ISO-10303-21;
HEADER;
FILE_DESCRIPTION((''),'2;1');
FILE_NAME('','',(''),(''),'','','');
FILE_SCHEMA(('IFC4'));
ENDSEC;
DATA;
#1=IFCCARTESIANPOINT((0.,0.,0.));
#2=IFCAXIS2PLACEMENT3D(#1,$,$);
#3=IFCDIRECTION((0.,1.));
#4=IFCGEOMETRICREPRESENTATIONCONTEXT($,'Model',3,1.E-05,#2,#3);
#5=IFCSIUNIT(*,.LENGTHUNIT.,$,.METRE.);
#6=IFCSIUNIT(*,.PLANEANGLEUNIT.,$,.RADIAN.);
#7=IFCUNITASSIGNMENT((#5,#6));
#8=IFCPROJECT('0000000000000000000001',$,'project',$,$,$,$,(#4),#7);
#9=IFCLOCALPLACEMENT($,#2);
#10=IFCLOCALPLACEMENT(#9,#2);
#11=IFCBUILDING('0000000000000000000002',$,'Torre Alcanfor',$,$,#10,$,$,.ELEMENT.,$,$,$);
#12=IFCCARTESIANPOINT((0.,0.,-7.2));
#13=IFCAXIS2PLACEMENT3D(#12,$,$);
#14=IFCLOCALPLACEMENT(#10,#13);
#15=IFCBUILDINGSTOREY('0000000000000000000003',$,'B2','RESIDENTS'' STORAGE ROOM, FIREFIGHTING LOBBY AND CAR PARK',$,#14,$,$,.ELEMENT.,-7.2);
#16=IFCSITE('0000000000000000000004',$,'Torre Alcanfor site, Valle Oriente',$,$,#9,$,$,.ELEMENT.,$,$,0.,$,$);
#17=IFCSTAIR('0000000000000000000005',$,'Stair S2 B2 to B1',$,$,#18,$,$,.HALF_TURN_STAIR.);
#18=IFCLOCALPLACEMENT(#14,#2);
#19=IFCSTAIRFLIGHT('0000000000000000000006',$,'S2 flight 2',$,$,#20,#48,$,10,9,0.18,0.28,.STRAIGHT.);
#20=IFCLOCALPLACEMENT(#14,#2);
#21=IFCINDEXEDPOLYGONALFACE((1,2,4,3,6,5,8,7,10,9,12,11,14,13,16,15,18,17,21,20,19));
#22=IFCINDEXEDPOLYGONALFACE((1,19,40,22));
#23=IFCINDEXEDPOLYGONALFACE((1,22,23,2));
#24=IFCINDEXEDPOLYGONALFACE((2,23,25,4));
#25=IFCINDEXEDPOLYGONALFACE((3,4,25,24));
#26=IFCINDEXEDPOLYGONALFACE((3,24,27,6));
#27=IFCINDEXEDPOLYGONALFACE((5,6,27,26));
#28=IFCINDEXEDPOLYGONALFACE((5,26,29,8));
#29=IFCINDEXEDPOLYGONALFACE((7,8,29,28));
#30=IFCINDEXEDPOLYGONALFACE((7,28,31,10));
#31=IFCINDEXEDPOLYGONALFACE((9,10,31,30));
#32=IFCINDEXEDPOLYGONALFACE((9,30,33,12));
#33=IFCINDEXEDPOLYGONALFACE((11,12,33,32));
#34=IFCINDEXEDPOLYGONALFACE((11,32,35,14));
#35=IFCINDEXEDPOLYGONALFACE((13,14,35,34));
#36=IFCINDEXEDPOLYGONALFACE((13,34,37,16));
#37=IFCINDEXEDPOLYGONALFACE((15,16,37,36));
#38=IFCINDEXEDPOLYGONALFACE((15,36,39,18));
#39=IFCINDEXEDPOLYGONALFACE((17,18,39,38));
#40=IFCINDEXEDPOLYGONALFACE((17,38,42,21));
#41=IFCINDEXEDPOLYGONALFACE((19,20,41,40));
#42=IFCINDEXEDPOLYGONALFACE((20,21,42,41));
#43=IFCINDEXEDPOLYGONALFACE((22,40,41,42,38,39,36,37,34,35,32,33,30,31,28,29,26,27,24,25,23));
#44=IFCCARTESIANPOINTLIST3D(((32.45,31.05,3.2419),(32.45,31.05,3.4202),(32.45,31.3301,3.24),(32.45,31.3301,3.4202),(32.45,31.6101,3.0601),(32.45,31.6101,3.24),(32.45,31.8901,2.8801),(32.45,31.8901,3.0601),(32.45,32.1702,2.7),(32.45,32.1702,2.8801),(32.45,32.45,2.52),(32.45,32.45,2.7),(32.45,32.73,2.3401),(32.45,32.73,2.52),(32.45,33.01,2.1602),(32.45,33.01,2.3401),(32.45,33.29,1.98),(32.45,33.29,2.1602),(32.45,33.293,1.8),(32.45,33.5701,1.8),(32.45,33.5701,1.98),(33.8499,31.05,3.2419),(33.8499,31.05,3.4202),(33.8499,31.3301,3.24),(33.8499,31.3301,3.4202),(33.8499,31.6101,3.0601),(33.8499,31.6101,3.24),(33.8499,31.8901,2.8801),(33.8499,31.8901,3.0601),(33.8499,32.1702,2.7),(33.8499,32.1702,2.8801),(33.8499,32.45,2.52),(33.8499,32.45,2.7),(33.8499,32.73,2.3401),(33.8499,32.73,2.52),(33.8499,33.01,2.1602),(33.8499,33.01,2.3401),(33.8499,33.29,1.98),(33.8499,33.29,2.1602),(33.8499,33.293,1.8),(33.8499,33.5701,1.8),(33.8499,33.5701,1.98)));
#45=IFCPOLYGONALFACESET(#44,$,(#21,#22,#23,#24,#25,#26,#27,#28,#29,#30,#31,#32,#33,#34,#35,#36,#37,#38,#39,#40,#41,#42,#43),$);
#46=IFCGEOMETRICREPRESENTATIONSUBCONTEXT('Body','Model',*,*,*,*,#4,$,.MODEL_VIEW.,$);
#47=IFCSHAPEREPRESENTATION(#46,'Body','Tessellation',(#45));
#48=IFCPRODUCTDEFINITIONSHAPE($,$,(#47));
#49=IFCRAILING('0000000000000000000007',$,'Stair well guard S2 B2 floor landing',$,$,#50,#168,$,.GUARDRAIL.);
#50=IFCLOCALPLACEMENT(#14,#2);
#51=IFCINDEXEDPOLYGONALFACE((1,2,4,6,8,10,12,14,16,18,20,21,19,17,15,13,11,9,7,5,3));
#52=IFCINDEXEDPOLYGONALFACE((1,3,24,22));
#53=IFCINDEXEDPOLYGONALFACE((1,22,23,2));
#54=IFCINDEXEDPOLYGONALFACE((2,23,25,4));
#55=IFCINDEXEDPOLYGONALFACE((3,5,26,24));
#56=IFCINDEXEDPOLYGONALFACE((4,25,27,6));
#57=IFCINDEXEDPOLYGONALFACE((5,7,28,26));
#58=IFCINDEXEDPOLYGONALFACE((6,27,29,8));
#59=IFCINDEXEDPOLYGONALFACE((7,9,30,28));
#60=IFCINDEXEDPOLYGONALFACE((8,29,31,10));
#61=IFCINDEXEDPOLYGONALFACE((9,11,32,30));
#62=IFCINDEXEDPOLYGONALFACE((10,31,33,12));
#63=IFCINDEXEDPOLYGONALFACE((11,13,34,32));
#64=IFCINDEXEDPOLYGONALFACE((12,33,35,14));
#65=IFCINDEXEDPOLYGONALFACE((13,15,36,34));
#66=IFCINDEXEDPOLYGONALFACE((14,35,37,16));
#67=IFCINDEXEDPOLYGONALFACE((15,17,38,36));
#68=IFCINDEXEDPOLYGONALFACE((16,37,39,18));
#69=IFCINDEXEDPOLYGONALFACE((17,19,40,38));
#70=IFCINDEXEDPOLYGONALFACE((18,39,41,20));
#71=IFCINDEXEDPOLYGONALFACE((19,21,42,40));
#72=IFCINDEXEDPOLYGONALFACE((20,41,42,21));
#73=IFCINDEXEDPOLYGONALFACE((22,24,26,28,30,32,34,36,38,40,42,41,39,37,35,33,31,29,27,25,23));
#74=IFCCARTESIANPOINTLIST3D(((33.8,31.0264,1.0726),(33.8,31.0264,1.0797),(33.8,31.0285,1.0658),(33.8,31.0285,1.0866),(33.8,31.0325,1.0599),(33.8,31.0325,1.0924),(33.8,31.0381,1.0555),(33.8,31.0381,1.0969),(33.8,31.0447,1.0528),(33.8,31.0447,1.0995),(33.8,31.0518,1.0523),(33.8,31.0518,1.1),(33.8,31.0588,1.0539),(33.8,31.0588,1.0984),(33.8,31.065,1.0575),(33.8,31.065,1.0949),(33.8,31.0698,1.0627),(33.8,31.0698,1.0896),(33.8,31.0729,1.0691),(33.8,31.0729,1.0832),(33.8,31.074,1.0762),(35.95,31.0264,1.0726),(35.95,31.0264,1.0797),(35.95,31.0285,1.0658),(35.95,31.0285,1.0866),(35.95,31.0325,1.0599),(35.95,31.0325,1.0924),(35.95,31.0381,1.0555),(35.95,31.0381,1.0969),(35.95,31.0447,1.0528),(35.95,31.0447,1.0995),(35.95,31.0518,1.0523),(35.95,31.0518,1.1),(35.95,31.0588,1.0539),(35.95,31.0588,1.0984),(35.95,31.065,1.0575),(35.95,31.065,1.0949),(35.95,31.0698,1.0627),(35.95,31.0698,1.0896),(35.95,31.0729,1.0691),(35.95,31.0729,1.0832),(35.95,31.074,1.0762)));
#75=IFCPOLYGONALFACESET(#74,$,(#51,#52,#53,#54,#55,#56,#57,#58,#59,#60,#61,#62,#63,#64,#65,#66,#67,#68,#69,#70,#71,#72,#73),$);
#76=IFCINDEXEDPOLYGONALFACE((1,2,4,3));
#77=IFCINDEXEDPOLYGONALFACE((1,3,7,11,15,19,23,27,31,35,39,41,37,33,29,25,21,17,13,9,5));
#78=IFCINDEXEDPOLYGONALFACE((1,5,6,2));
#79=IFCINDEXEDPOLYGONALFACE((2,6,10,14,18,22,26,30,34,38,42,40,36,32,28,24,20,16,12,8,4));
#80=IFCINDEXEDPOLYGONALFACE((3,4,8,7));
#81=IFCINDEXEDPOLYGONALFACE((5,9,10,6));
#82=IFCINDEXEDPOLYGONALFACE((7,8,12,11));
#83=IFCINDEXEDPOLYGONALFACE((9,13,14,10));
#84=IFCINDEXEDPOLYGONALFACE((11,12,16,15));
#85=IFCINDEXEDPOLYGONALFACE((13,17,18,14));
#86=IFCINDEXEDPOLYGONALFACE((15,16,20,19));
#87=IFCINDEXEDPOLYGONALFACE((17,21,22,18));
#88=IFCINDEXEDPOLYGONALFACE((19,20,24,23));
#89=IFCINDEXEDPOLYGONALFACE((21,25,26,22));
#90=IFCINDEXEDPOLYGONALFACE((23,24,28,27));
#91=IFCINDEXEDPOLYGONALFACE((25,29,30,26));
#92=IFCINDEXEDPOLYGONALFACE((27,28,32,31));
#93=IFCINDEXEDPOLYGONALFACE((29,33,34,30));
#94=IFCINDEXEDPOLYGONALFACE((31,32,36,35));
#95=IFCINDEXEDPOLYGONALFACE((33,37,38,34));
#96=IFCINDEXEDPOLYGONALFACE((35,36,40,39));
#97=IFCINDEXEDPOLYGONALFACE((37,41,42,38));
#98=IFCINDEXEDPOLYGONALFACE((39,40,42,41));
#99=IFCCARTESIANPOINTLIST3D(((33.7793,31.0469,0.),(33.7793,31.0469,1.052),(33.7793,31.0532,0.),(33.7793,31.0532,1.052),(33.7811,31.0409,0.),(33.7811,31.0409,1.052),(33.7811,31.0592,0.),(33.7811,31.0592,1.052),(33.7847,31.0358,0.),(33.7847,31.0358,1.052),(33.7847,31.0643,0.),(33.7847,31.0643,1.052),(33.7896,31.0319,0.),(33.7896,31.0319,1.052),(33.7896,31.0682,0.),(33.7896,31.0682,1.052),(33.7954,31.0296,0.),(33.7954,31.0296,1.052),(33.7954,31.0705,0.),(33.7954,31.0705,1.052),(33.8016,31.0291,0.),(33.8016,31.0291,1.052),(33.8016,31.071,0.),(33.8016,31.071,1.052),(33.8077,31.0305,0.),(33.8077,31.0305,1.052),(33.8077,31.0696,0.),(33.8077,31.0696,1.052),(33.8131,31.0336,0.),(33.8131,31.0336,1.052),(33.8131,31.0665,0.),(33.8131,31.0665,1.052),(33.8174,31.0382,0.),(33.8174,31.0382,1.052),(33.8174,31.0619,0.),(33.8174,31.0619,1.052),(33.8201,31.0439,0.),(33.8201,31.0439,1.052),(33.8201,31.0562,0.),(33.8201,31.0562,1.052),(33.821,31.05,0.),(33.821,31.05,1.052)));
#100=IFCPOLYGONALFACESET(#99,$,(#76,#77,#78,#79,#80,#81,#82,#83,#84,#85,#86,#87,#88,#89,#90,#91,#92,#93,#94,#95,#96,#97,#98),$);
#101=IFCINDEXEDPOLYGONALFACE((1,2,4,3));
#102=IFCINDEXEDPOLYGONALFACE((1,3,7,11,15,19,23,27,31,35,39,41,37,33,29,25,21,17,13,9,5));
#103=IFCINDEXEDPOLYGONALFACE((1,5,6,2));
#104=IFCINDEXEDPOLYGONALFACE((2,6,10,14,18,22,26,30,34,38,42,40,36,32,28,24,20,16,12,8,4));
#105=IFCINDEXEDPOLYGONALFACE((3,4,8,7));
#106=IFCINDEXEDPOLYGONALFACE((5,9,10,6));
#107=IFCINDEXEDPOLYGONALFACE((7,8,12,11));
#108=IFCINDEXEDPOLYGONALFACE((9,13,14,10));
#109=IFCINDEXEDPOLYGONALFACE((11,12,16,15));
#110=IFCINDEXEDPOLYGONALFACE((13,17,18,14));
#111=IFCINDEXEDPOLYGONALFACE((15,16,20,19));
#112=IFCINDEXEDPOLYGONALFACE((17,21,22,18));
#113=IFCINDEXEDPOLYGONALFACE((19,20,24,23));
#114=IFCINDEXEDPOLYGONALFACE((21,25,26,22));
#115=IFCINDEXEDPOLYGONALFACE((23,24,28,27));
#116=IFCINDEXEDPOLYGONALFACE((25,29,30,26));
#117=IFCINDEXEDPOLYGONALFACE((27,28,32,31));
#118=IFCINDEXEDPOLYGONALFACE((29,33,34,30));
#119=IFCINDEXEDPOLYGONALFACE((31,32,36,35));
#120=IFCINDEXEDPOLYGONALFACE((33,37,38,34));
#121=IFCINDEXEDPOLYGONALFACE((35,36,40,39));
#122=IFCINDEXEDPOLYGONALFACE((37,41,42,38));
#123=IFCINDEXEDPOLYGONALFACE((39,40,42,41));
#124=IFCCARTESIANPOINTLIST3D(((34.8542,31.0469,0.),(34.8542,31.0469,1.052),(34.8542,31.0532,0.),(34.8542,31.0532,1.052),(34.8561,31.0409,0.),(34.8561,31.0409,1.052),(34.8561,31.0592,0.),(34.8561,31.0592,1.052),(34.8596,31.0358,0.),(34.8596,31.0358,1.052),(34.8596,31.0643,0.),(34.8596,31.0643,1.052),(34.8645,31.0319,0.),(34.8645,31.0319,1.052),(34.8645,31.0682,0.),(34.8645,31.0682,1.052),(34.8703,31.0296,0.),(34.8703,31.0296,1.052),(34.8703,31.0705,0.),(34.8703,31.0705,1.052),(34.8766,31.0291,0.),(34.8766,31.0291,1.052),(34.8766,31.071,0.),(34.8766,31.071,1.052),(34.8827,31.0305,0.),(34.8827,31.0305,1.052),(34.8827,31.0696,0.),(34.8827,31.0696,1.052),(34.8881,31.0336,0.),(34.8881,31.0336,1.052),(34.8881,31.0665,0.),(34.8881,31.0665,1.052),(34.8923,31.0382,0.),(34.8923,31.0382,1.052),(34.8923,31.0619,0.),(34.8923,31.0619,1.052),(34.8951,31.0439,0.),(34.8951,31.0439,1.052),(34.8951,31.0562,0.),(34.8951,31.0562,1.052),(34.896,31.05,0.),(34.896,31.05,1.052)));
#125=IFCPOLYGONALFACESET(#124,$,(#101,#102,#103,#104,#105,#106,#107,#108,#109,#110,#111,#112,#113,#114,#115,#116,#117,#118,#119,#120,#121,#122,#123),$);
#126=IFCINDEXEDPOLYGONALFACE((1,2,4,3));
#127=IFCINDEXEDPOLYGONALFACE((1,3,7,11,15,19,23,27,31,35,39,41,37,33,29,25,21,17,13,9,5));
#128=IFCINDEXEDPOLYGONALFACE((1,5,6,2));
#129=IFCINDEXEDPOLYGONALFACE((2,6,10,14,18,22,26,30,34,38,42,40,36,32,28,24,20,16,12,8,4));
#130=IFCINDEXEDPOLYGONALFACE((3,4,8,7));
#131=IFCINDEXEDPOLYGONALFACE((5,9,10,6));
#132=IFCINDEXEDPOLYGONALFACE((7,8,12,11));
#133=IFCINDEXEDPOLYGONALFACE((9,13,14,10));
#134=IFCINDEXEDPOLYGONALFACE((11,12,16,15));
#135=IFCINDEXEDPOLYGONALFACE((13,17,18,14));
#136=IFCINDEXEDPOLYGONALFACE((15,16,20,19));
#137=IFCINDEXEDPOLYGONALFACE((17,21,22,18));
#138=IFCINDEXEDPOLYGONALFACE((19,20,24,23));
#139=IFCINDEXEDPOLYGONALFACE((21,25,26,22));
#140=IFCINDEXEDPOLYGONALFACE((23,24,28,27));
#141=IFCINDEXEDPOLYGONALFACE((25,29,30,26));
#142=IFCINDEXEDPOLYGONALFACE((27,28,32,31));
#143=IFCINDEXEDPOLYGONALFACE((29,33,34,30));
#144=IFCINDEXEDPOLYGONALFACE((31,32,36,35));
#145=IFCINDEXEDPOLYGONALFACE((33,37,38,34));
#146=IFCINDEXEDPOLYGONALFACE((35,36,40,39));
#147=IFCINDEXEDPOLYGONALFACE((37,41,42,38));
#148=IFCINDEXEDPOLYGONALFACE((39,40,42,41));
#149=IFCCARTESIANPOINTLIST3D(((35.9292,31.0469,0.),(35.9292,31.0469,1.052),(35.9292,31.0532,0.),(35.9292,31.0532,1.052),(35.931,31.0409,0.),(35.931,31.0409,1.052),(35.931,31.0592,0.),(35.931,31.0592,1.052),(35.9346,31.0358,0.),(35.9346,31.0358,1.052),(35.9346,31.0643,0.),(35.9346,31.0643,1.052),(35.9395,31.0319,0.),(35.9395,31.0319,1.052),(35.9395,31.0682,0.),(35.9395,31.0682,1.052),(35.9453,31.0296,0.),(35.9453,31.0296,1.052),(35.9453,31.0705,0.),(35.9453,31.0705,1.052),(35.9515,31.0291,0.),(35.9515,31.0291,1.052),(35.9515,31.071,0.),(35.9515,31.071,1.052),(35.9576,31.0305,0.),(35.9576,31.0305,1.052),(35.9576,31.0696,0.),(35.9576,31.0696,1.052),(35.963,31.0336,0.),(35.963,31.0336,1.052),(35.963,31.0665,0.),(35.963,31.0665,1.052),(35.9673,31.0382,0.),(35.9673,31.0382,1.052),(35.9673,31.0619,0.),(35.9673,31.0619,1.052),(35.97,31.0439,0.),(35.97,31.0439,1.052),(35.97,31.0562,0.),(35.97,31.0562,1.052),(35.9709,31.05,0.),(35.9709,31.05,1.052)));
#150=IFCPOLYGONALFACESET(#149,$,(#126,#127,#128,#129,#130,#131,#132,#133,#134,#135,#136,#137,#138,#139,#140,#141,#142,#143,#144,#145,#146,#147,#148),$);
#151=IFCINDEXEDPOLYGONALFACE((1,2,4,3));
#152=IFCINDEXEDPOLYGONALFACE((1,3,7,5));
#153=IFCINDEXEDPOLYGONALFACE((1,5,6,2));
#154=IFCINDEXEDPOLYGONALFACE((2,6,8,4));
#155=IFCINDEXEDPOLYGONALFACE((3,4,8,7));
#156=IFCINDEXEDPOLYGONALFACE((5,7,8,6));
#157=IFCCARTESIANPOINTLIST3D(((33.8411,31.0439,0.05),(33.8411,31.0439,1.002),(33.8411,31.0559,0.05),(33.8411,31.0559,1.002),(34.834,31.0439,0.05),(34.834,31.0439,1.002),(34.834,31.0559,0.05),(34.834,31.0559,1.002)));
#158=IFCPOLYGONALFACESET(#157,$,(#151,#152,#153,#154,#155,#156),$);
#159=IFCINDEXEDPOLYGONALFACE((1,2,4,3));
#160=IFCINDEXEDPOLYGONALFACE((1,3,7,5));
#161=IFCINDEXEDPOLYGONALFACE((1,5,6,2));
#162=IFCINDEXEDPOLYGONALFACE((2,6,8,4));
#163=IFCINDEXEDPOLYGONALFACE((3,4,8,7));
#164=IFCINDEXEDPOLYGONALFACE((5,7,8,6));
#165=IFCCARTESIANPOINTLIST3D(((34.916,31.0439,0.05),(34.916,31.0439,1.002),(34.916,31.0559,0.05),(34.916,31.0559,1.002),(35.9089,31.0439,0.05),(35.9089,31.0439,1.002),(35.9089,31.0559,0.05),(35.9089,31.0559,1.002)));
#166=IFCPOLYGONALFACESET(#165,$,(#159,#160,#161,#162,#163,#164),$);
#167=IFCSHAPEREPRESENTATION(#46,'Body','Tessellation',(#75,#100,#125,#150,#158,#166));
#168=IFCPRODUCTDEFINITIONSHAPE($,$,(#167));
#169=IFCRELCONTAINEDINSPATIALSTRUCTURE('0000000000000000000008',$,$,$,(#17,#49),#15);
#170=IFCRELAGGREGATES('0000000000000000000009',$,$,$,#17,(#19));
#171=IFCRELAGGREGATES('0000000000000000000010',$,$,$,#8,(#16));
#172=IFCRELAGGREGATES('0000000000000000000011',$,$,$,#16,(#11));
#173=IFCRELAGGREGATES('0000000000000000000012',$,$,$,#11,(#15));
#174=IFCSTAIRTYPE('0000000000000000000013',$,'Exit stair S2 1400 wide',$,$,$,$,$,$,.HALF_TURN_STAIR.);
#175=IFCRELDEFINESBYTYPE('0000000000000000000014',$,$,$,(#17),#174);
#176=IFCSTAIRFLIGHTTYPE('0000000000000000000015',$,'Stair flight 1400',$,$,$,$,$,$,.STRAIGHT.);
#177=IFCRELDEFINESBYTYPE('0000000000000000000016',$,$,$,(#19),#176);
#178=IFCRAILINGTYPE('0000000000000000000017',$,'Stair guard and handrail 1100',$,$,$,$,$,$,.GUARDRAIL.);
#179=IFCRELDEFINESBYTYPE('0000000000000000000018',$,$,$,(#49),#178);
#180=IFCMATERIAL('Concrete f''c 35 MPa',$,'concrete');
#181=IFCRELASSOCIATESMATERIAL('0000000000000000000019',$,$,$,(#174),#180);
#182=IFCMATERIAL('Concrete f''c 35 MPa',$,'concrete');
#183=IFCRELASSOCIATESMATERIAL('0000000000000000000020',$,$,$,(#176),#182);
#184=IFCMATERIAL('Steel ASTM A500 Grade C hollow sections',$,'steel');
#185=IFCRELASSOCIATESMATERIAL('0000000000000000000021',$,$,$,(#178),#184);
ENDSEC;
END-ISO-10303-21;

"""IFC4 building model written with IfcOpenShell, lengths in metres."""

from ifc_helpers import new_model, si_unit, direction, frame, origin, origin_2d, place, context, subcontext, project, spatial, polyline, circle, outline, extrude, material, type_object, element, aggregate, save


model = new_model("IFC4")

# Units and contexts
model_context = context("Model", 3, precision=1e-05, world=origin(), true_north=direction((0.0, 1.0)))
body_context = subcontext(model_context, "Body", "Model", "MODEL_VIEW")
ifc_project = project(units=[si_unit("LENGTHUNIT", "METRE"), si_unit("PLANEANGLEUNIT", "RADIAN")], contexts=[model_context])

# Site, building, storey
site_placement = place(None, origin())
site = spatial("IfcSite", under=ifc_project, at=site_placement, Name="Torre Alcanfor site, Valle Oriente", CompositionType="ELEMENT", RefElevation=0.0)
building_placement = place(site_placement, origin())
building = spatial("IfcBuilding", under=site, at=building_placement, Name="Torre Alcanfor", CompositionType="ELEMENT")
storey_placement = place(building_placement, frame((0.0, 0.0, -7.2)))
storey = spatial("IfcBuildingStorey", under=building, at=storey_placement, Name="B2", Description="RESIDENTS' STORAGE ROOM, FIREFIGHTING LOBBY AND CAR PARK", CompositionType="ELEMENT", Elevation=-7.2)

# Stair, stair flight
ifc_material_1 = material(Name="Concrete f'c 35 MPa", Category="concrete")
stair_type = type_object("IfcStairType", Name="Exit stair S2 1400 wide", PredefinedType="HALF_TURN_STAIR", material=ifc_material_1)
stair_placement = place(storey_placement, origin())
stair = element("IfcStair", 1, at=stair_placement, inside=storey, type_object=stair_type, Name="Stair S2 B2 to B1", PredefinedType="HALF_TURN_STAIR")
ifc_material_2 = material(Name="Concrete f'c 35 MPa", Category="concrete")
stair_flight_type = type_object("IfcStairFlightType", Name="Stair flight 1400", PredefinedType="STRAIGHT", material=ifc_material_2)
stair_flight_1_placement = place(storey_placement, frame((33.1499, 33.5701, 1.8), z_axis=(0.0, 0.0, 1.0), x_axis=(0.0, -1.0, 0.0)))
stair_flight_1 = element("IfcStairFlight", 2, at=stair_flight_1_placement, type_object=stair_flight_type, Name="S2 flight 2", NumberOfRisers=10, NumberOfTreads=9, PredefinedType="STRAIGHT", RiserHeight=0.18, TreadLength=0.28, context=body_context, shape_type="SweptSolid", body=[
    extrude(outline(polyline([(0.0, 0.0), (0.0, 0.1799), (0.28, 0.1799), (0.28, 0.3601), (0.5601, 0.3601), (0.5601, 0.54), (0.8401, 0.54), (0.8401, 0.72), (1.1201, 0.72), (1.1201, 0.8999), (1.3999, 0.8999), (1.3999, 1.0801), (1.6799, 1.0801), (1.6799, 1.26), (1.96, 1.26), (1.96, 1.4399), (2.24, 1.4399), (2.24, 1.6201), (2.52, 1.6201), (2.52, 1.8), (2.52, 1.4419), (0.2771, 0.0), (0.0, 0.0)])), frame((0.0, 0.7, 0.0), z_axis=(0.0, -1.0, 0.0), x_axis=(1.0, 0.0, 0.0)), (0.0, 0.0, 1.0), 1.3999),
])
aggregate(stair, [stair_flight_1])

# Railing
ifc_material_3 = material(Name="Steel ASTM A500 Grade C hollow sections", Category="steel")
railing_type_1 = type_object("IfcRailingType", Name="Stair guard and handrail 1100", PredefinedType="GUARDRAIL", material=ifc_material_3)
for number, where, name in (
    (3, (33.8, 31.05, 0.0), "Stair well guard S2 B2 floor landing"),
):
    element("IfcRailing", number, at=place(storey_placement, frame(where)), inside=storey, type_object=railing_type_1, Name=name, PredefinedType="GUARDRAIL", context=body_context, shape_type="SweptSolid", body=[
        extrude(circle(Radius=0.0239, at=origin_2d()), frame((0.0, 0.0, 1.0762), z_axis=(1.0, 0.0, 0.0), x_axis=(0.0, 1.0, 0.0)), (0.0, 0.0, 1.0), 2.1499),
        extrude(circle(Radius=0.021, at=origin_2d()), origin(), (0.0, 0.0, 1.0), 1.052),
        extrude(circle(Radius=0.021, at=origin_2d()), frame((1.075, 0.0, 0.0)), (0.0, 0.0, 1.0), 1.052),
        extrude(circle(Radius=0.021, at=origin_2d()), frame((2.1499, 0.0, 0.0)), (0.0, 0.0, 1.0), 1.052),
        extrude(outline(polyline([(0.041, 0.05), (1.0339, 0.05), (1.0339, 1.002), (0.041, 1.002), (0.041, 0.05)])), frame((0.0, 0.0059, 0.0), z_axis=(0.0, -1.0, 0.0), x_axis=(1.0, 0.0, 0.0)), (0.0, 0.0, 1.0), 0.012),
        extrude(outline(polyline([(1.116, 0.05), (2.1089, 0.05), (2.1089, 1.002), (1.116, 1.002), (1.116, 0.05)])), frame((0.0, 0.0059, 0.0), z_axis=(0.0, -1.0, 0.0), x_axis=(1.0, 0.0, 0.0)), (0.0, 0.0, 1.0), 0.012),
    ])

save(model, "model.ifc")
